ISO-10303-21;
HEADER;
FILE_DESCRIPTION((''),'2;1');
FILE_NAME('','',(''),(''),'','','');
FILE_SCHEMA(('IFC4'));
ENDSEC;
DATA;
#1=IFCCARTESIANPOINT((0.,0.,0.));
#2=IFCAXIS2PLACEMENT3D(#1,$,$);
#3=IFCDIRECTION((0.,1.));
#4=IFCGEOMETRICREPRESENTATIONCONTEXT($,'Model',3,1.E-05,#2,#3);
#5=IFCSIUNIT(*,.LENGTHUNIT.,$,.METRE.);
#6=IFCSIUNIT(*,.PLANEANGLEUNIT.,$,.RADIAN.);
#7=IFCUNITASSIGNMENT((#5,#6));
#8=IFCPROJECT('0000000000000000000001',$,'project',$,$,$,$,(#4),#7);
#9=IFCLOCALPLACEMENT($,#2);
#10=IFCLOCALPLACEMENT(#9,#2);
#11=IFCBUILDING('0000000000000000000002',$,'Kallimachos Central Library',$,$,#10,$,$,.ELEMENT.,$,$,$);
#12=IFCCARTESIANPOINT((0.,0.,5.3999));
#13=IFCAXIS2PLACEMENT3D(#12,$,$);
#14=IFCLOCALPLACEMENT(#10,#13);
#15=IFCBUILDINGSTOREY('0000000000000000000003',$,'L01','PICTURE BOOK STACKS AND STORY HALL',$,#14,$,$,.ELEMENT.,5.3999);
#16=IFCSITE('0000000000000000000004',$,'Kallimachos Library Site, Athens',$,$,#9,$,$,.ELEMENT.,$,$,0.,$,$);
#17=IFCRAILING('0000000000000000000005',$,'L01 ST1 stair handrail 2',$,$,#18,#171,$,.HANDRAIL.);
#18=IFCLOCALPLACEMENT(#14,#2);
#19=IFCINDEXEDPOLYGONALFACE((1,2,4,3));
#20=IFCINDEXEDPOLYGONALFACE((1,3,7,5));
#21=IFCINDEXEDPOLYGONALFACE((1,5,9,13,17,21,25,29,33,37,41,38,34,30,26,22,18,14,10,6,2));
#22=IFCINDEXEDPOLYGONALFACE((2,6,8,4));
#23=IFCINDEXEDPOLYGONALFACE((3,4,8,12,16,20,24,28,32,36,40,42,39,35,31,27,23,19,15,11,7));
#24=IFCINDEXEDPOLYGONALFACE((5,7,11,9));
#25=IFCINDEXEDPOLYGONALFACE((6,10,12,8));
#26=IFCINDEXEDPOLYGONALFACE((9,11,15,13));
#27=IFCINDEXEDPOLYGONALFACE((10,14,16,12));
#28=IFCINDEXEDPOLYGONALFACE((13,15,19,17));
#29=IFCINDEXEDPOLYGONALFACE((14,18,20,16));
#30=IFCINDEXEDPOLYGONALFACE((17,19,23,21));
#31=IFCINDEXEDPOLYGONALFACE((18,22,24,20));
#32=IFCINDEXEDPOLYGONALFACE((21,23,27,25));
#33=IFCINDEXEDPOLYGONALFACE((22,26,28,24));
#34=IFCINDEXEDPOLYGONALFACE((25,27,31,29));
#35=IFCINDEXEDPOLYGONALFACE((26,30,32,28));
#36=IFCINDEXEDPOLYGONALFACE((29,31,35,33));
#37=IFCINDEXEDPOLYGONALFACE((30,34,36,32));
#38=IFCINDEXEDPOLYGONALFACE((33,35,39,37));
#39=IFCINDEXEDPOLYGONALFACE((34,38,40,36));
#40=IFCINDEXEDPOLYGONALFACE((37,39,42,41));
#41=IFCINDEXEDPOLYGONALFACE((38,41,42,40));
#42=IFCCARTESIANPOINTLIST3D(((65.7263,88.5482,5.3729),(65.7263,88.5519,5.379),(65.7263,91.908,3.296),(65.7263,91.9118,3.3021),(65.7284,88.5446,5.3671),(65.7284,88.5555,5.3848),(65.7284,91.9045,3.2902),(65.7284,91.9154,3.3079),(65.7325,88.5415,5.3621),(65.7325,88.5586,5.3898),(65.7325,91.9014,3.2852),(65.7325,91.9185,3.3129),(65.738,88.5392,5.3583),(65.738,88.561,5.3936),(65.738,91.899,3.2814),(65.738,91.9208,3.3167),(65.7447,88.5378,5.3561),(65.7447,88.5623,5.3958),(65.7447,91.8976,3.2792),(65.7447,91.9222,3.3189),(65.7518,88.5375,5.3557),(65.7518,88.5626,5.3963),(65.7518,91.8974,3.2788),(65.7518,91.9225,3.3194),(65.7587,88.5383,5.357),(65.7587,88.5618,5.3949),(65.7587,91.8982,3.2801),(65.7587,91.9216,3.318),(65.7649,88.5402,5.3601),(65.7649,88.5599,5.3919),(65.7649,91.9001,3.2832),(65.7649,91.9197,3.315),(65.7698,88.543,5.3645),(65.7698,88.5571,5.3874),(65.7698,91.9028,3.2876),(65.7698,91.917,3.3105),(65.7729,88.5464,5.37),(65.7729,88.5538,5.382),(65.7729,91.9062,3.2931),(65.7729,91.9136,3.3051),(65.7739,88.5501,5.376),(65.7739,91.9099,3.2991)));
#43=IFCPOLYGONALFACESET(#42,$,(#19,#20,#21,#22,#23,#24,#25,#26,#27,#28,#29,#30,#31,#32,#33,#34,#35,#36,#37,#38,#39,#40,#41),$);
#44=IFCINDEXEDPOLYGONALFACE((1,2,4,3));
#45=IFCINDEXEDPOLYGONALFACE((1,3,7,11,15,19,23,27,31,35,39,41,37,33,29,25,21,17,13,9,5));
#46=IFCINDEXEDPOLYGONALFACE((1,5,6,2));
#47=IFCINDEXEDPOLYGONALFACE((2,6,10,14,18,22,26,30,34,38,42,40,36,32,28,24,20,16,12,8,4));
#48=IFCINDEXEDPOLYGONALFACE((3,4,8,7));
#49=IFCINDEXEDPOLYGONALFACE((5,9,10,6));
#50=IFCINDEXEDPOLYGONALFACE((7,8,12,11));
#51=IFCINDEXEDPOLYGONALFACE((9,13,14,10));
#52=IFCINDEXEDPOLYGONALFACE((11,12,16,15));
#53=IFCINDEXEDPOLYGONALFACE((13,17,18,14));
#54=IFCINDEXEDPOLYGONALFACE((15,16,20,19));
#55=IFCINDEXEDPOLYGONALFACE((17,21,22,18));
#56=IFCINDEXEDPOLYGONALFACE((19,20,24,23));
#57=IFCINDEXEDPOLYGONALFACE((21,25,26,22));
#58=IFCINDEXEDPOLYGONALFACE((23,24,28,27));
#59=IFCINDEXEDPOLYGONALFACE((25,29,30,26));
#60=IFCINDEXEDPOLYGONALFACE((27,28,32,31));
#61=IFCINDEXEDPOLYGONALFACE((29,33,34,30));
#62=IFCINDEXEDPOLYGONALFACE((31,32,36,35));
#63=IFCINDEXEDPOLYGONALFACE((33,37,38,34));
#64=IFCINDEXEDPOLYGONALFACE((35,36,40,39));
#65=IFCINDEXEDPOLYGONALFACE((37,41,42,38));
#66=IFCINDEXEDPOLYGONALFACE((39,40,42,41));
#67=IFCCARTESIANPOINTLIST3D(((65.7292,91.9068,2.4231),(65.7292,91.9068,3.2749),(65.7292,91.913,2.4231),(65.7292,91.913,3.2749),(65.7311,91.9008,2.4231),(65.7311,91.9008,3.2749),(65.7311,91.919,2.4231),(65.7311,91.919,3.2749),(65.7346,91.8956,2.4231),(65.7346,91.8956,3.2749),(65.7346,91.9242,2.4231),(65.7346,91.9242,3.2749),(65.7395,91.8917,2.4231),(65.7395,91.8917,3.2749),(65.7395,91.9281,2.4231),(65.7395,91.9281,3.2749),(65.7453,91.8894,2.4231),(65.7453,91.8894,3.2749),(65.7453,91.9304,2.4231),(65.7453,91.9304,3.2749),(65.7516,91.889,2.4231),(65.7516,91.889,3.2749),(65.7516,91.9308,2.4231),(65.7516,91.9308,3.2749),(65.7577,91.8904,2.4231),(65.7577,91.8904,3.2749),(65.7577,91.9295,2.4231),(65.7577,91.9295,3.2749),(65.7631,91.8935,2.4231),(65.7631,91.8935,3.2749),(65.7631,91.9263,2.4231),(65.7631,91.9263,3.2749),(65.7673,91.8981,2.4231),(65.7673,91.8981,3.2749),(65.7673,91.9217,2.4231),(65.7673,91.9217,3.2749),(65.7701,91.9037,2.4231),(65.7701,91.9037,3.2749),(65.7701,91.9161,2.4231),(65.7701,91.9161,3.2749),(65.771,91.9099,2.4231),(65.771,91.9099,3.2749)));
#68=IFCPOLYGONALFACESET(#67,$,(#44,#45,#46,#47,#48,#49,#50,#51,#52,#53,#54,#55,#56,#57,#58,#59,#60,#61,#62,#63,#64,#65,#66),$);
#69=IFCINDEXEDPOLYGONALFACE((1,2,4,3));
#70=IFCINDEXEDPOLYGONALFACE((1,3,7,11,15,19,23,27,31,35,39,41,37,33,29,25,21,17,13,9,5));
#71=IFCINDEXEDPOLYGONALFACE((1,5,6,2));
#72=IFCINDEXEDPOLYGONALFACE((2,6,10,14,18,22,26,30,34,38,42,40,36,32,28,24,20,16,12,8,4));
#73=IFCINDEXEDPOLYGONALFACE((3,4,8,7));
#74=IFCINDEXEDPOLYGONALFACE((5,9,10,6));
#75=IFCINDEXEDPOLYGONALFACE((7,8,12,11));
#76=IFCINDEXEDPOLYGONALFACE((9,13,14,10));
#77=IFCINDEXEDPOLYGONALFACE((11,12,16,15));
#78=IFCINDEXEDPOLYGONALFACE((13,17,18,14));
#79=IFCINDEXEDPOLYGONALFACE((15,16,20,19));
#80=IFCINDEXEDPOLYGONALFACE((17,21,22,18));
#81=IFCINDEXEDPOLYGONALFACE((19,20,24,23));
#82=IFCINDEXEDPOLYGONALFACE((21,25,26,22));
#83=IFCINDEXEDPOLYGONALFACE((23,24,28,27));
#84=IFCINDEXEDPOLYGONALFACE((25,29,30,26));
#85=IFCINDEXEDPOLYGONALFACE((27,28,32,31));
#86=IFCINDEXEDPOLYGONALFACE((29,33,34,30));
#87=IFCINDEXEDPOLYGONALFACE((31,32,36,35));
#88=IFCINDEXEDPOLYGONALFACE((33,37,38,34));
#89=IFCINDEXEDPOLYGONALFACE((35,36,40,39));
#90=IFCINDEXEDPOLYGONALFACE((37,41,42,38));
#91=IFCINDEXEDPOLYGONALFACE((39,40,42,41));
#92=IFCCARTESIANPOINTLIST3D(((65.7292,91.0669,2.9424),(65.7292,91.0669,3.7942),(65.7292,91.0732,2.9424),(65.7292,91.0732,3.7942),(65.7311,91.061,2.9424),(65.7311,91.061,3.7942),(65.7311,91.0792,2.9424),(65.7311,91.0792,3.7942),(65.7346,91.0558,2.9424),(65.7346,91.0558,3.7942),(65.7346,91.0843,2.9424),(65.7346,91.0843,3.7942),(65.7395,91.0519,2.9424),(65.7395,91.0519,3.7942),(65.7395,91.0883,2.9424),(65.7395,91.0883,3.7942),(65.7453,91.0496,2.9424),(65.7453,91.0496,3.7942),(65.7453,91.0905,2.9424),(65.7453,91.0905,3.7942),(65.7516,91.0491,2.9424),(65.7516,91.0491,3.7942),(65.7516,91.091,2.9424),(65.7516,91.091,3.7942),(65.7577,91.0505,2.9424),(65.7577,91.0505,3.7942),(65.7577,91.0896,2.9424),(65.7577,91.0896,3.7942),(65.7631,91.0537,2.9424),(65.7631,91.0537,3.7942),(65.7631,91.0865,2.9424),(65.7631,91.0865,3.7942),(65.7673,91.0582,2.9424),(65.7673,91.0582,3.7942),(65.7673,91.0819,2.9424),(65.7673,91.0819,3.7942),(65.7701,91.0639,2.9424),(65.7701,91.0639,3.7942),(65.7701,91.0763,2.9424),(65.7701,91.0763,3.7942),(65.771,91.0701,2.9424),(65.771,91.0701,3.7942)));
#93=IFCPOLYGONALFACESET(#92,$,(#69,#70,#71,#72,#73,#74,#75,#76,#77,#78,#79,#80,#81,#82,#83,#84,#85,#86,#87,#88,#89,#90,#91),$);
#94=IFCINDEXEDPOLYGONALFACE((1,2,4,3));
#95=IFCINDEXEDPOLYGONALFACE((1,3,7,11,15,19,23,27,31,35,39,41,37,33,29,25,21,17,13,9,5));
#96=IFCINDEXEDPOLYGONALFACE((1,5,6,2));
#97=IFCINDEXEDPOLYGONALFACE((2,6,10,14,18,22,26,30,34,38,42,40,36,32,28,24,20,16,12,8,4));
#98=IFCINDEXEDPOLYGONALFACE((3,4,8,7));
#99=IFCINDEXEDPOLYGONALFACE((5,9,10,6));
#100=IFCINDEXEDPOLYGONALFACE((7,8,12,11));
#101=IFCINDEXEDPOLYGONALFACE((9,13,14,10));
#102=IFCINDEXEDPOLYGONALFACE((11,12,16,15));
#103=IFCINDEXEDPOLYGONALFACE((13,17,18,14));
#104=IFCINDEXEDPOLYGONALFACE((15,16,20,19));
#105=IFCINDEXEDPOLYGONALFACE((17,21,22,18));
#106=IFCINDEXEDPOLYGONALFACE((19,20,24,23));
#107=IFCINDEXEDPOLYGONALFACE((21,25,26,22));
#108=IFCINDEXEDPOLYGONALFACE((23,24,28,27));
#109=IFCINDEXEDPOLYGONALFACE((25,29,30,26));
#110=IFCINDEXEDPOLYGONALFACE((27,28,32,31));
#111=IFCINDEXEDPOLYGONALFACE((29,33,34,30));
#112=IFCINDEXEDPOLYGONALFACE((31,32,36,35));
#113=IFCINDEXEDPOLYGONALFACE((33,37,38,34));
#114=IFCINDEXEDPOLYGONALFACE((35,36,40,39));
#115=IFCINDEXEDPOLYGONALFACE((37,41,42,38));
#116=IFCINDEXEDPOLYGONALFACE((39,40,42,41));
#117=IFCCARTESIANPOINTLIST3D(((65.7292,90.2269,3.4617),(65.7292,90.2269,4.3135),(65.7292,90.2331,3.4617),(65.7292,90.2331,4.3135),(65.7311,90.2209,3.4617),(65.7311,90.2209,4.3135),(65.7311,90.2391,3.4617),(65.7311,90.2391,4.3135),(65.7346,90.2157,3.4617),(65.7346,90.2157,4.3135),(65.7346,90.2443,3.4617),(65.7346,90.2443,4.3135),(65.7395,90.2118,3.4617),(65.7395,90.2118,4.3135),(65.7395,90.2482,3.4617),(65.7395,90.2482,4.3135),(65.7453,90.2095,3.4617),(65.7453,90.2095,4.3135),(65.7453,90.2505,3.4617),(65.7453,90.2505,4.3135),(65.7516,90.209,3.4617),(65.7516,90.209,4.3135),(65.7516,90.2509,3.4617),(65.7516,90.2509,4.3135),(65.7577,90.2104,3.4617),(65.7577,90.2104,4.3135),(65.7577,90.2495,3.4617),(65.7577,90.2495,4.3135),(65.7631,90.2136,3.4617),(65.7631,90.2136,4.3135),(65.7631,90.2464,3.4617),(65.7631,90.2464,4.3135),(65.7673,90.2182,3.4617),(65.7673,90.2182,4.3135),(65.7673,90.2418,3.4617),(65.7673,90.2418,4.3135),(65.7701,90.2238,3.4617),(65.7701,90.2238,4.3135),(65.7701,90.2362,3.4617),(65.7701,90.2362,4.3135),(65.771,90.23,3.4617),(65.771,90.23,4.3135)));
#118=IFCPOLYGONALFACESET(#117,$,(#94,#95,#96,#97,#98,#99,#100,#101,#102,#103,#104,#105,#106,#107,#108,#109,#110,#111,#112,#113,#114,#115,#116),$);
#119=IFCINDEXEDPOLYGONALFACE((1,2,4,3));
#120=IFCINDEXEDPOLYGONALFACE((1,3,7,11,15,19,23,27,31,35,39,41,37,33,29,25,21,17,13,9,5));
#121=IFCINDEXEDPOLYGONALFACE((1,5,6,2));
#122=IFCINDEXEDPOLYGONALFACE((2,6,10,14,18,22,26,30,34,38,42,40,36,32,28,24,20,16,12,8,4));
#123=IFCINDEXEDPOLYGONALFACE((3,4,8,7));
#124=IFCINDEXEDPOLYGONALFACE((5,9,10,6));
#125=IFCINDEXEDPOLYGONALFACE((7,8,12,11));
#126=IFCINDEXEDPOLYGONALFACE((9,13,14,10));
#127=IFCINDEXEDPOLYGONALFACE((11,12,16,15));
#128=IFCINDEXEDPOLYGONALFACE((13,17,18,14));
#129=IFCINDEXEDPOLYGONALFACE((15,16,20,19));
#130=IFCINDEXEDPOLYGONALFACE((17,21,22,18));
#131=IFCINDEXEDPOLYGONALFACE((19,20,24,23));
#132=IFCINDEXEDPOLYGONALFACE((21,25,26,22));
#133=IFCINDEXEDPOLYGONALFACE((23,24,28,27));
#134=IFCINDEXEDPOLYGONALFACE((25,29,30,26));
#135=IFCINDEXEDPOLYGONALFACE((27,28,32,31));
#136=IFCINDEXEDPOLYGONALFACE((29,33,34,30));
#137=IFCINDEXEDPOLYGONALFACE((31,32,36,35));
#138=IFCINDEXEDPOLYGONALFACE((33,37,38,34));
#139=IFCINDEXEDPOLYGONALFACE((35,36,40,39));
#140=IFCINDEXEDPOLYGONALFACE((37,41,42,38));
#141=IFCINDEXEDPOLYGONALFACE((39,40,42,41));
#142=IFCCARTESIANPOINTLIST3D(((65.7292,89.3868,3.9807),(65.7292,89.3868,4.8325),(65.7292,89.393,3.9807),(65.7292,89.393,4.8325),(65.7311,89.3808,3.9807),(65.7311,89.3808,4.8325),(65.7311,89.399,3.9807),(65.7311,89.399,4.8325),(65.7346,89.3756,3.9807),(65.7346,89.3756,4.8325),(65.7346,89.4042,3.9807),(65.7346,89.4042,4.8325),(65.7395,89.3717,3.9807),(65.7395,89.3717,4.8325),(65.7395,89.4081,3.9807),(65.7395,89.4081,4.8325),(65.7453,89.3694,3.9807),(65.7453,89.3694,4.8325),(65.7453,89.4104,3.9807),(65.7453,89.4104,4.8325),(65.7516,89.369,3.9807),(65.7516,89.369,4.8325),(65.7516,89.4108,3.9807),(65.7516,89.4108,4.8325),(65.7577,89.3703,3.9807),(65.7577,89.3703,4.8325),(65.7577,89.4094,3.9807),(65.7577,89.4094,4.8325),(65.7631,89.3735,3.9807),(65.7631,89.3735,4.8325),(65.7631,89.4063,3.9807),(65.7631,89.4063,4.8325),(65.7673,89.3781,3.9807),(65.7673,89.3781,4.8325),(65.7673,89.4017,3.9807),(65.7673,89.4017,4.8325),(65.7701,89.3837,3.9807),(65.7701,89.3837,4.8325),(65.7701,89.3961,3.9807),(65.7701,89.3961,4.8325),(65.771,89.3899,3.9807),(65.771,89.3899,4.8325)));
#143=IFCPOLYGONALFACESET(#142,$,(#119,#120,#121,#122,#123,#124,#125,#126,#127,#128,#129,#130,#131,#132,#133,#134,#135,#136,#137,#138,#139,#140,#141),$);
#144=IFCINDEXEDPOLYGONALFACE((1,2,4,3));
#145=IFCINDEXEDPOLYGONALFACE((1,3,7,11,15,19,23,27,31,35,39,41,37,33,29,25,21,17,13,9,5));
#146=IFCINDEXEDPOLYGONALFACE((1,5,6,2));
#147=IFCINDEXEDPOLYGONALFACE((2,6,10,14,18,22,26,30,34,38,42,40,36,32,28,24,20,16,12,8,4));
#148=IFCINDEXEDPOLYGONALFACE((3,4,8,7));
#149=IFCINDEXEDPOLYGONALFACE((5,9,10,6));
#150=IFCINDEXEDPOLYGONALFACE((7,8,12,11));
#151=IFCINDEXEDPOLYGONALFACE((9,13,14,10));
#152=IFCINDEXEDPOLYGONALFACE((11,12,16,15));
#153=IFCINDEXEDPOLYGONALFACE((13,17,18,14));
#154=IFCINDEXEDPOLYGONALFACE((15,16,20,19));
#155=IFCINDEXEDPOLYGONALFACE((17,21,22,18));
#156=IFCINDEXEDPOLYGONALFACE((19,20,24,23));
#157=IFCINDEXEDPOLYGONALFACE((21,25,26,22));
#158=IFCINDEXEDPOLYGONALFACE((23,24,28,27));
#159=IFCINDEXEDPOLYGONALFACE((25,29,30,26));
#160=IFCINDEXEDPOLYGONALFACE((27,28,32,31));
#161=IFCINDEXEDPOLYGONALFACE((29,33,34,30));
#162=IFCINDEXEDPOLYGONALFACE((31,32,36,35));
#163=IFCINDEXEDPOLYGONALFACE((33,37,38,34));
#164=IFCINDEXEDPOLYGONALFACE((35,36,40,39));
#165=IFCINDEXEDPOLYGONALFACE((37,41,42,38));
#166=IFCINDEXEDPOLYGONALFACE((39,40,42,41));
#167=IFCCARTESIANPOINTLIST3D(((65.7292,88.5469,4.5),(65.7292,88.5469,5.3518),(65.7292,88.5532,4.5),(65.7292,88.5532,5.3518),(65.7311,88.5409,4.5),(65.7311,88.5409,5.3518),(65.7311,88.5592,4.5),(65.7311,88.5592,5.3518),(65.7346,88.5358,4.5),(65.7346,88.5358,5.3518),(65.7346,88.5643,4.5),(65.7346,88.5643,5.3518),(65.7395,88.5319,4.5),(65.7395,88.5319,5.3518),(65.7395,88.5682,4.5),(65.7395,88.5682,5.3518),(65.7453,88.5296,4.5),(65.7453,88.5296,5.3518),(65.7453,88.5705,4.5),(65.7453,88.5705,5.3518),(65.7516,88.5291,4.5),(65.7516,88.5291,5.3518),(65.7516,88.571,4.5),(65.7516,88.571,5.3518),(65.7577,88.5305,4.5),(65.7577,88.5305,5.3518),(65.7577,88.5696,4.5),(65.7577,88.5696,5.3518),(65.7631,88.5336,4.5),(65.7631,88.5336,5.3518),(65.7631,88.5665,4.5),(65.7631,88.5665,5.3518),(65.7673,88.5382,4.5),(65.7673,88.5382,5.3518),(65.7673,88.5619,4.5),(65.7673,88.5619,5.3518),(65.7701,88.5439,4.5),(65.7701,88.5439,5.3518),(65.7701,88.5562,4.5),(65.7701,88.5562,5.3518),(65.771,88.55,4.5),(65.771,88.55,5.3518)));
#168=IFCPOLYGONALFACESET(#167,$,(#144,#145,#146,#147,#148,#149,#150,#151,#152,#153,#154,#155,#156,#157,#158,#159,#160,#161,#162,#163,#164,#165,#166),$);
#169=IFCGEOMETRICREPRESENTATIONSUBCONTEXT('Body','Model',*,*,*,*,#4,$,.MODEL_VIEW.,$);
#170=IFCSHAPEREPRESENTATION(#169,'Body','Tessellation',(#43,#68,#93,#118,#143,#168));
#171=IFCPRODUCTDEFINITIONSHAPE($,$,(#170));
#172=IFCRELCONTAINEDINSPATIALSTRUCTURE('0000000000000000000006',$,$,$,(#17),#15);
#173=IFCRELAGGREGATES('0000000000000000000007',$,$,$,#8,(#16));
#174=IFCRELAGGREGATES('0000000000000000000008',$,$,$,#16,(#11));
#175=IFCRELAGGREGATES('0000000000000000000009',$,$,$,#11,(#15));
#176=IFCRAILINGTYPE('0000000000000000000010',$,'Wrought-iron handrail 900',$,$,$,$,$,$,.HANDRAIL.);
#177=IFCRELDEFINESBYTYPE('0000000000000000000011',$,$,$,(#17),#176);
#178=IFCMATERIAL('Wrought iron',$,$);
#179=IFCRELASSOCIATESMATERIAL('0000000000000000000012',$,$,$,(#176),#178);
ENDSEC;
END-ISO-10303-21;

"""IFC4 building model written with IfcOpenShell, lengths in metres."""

from ifc_helpers import new_model, si_unit, direction, frame, origin, origin_2d, place, context, subcontext, project, spatial, circle, extrude, material, type_object, element, save


model = new_model("IFC4")

# Units and contexts
model_context = context("Model", 3, precision=1e-05, world=origin(), true_north=direction((0.0, 1.0)))
body_context = subcontext(model_context, "Body", "Model", "MODEL_VIEW")
ifc_project = project(units=[si_unit("LENGTHUNIT", "METRE"), si_unit("PLANEANGLEUNIT", "RADIAN")], contexts=[model_context])

# Site, building, storey
site_placement = place(None, origin())
site = spatial("IfcSite", under=ifc_project, at=site_placement, Name="Kallimachos Library Site, Athens", CompositionType="ELEMENT", RefElevation=0.0)
building_placement = place(site_placement, origin())
building = spatial("IfcBuilding", under=site, at=building_placement, Name="Kallimachos Central Library", CompositionType="ELEMENT")
storey_placement = place(building_placement, frame((0.0, 0.0, 5.3999)))
storey = spatial("IfcBuildingStorey", under=building, at=storey_placement, Name="L01", Description="PICTURE BOOK STACKS AND STORY HALL", CompositionType="ELEMENT", Elevation=5.3999)

# Railing
ifc_material_1 = material(Name="Wrought iron")
railing_type_1 = type_object("IfcRailingType", Name="Wrought-iron handrail 900", PredefinedType="HANDRAIL", material=ifc_material_1)
railing_1_placement = place(storey_placement, frame((65.75, 91.9099, 2.4231)))
element("IfcRailing", 1, at=railing_1_placement, inside=storey, type_object=railing_type_1, Name="L01 ST1 stair handrail 2", PredefinedType="HANDRAIL", context=body_context, shape_type="SweptSolid", body=[
    extrude(circle(Radius=0.0239, at=origin_2d()), frame((0.0, 0.0, 0.876), z_axis=(0.0, -0.850606, 0.525803), x_axis=(1.0, 0.0, 0.0)), (0.0, 0.0, 1.0), 3.95),
    extrude(circle(Radius=0.021, at=origin_2d()), origin(), (0.0, 0.0, 1.0), 0.8518),
    extrude(circle(Radius=0.021, at=origin_2d()), frame((0.0, -0.8398, 0.5193)), (0.0, 0.0, 1.0), 0.8518),
    extrude(circle(Radius=0.021, at=origin_2d()), frame((0.0, -1.6799, 1.0386)), (0.0, 0.0, 1.0), 0.8518),
    extrude(circle(Radius=0.021, at=origin_2d()), frame((0.0, -2.52, 1.5576)), (0.0, 0.0, 1.0), 0.8518),
    extrude(circle(Radius=0.021, at=origin_2d()), frame((0.0, -3.3599, 2.0769)), (0.0, 0.0, 1.0), 0.8518),
])

save(model, "model.ifc")
